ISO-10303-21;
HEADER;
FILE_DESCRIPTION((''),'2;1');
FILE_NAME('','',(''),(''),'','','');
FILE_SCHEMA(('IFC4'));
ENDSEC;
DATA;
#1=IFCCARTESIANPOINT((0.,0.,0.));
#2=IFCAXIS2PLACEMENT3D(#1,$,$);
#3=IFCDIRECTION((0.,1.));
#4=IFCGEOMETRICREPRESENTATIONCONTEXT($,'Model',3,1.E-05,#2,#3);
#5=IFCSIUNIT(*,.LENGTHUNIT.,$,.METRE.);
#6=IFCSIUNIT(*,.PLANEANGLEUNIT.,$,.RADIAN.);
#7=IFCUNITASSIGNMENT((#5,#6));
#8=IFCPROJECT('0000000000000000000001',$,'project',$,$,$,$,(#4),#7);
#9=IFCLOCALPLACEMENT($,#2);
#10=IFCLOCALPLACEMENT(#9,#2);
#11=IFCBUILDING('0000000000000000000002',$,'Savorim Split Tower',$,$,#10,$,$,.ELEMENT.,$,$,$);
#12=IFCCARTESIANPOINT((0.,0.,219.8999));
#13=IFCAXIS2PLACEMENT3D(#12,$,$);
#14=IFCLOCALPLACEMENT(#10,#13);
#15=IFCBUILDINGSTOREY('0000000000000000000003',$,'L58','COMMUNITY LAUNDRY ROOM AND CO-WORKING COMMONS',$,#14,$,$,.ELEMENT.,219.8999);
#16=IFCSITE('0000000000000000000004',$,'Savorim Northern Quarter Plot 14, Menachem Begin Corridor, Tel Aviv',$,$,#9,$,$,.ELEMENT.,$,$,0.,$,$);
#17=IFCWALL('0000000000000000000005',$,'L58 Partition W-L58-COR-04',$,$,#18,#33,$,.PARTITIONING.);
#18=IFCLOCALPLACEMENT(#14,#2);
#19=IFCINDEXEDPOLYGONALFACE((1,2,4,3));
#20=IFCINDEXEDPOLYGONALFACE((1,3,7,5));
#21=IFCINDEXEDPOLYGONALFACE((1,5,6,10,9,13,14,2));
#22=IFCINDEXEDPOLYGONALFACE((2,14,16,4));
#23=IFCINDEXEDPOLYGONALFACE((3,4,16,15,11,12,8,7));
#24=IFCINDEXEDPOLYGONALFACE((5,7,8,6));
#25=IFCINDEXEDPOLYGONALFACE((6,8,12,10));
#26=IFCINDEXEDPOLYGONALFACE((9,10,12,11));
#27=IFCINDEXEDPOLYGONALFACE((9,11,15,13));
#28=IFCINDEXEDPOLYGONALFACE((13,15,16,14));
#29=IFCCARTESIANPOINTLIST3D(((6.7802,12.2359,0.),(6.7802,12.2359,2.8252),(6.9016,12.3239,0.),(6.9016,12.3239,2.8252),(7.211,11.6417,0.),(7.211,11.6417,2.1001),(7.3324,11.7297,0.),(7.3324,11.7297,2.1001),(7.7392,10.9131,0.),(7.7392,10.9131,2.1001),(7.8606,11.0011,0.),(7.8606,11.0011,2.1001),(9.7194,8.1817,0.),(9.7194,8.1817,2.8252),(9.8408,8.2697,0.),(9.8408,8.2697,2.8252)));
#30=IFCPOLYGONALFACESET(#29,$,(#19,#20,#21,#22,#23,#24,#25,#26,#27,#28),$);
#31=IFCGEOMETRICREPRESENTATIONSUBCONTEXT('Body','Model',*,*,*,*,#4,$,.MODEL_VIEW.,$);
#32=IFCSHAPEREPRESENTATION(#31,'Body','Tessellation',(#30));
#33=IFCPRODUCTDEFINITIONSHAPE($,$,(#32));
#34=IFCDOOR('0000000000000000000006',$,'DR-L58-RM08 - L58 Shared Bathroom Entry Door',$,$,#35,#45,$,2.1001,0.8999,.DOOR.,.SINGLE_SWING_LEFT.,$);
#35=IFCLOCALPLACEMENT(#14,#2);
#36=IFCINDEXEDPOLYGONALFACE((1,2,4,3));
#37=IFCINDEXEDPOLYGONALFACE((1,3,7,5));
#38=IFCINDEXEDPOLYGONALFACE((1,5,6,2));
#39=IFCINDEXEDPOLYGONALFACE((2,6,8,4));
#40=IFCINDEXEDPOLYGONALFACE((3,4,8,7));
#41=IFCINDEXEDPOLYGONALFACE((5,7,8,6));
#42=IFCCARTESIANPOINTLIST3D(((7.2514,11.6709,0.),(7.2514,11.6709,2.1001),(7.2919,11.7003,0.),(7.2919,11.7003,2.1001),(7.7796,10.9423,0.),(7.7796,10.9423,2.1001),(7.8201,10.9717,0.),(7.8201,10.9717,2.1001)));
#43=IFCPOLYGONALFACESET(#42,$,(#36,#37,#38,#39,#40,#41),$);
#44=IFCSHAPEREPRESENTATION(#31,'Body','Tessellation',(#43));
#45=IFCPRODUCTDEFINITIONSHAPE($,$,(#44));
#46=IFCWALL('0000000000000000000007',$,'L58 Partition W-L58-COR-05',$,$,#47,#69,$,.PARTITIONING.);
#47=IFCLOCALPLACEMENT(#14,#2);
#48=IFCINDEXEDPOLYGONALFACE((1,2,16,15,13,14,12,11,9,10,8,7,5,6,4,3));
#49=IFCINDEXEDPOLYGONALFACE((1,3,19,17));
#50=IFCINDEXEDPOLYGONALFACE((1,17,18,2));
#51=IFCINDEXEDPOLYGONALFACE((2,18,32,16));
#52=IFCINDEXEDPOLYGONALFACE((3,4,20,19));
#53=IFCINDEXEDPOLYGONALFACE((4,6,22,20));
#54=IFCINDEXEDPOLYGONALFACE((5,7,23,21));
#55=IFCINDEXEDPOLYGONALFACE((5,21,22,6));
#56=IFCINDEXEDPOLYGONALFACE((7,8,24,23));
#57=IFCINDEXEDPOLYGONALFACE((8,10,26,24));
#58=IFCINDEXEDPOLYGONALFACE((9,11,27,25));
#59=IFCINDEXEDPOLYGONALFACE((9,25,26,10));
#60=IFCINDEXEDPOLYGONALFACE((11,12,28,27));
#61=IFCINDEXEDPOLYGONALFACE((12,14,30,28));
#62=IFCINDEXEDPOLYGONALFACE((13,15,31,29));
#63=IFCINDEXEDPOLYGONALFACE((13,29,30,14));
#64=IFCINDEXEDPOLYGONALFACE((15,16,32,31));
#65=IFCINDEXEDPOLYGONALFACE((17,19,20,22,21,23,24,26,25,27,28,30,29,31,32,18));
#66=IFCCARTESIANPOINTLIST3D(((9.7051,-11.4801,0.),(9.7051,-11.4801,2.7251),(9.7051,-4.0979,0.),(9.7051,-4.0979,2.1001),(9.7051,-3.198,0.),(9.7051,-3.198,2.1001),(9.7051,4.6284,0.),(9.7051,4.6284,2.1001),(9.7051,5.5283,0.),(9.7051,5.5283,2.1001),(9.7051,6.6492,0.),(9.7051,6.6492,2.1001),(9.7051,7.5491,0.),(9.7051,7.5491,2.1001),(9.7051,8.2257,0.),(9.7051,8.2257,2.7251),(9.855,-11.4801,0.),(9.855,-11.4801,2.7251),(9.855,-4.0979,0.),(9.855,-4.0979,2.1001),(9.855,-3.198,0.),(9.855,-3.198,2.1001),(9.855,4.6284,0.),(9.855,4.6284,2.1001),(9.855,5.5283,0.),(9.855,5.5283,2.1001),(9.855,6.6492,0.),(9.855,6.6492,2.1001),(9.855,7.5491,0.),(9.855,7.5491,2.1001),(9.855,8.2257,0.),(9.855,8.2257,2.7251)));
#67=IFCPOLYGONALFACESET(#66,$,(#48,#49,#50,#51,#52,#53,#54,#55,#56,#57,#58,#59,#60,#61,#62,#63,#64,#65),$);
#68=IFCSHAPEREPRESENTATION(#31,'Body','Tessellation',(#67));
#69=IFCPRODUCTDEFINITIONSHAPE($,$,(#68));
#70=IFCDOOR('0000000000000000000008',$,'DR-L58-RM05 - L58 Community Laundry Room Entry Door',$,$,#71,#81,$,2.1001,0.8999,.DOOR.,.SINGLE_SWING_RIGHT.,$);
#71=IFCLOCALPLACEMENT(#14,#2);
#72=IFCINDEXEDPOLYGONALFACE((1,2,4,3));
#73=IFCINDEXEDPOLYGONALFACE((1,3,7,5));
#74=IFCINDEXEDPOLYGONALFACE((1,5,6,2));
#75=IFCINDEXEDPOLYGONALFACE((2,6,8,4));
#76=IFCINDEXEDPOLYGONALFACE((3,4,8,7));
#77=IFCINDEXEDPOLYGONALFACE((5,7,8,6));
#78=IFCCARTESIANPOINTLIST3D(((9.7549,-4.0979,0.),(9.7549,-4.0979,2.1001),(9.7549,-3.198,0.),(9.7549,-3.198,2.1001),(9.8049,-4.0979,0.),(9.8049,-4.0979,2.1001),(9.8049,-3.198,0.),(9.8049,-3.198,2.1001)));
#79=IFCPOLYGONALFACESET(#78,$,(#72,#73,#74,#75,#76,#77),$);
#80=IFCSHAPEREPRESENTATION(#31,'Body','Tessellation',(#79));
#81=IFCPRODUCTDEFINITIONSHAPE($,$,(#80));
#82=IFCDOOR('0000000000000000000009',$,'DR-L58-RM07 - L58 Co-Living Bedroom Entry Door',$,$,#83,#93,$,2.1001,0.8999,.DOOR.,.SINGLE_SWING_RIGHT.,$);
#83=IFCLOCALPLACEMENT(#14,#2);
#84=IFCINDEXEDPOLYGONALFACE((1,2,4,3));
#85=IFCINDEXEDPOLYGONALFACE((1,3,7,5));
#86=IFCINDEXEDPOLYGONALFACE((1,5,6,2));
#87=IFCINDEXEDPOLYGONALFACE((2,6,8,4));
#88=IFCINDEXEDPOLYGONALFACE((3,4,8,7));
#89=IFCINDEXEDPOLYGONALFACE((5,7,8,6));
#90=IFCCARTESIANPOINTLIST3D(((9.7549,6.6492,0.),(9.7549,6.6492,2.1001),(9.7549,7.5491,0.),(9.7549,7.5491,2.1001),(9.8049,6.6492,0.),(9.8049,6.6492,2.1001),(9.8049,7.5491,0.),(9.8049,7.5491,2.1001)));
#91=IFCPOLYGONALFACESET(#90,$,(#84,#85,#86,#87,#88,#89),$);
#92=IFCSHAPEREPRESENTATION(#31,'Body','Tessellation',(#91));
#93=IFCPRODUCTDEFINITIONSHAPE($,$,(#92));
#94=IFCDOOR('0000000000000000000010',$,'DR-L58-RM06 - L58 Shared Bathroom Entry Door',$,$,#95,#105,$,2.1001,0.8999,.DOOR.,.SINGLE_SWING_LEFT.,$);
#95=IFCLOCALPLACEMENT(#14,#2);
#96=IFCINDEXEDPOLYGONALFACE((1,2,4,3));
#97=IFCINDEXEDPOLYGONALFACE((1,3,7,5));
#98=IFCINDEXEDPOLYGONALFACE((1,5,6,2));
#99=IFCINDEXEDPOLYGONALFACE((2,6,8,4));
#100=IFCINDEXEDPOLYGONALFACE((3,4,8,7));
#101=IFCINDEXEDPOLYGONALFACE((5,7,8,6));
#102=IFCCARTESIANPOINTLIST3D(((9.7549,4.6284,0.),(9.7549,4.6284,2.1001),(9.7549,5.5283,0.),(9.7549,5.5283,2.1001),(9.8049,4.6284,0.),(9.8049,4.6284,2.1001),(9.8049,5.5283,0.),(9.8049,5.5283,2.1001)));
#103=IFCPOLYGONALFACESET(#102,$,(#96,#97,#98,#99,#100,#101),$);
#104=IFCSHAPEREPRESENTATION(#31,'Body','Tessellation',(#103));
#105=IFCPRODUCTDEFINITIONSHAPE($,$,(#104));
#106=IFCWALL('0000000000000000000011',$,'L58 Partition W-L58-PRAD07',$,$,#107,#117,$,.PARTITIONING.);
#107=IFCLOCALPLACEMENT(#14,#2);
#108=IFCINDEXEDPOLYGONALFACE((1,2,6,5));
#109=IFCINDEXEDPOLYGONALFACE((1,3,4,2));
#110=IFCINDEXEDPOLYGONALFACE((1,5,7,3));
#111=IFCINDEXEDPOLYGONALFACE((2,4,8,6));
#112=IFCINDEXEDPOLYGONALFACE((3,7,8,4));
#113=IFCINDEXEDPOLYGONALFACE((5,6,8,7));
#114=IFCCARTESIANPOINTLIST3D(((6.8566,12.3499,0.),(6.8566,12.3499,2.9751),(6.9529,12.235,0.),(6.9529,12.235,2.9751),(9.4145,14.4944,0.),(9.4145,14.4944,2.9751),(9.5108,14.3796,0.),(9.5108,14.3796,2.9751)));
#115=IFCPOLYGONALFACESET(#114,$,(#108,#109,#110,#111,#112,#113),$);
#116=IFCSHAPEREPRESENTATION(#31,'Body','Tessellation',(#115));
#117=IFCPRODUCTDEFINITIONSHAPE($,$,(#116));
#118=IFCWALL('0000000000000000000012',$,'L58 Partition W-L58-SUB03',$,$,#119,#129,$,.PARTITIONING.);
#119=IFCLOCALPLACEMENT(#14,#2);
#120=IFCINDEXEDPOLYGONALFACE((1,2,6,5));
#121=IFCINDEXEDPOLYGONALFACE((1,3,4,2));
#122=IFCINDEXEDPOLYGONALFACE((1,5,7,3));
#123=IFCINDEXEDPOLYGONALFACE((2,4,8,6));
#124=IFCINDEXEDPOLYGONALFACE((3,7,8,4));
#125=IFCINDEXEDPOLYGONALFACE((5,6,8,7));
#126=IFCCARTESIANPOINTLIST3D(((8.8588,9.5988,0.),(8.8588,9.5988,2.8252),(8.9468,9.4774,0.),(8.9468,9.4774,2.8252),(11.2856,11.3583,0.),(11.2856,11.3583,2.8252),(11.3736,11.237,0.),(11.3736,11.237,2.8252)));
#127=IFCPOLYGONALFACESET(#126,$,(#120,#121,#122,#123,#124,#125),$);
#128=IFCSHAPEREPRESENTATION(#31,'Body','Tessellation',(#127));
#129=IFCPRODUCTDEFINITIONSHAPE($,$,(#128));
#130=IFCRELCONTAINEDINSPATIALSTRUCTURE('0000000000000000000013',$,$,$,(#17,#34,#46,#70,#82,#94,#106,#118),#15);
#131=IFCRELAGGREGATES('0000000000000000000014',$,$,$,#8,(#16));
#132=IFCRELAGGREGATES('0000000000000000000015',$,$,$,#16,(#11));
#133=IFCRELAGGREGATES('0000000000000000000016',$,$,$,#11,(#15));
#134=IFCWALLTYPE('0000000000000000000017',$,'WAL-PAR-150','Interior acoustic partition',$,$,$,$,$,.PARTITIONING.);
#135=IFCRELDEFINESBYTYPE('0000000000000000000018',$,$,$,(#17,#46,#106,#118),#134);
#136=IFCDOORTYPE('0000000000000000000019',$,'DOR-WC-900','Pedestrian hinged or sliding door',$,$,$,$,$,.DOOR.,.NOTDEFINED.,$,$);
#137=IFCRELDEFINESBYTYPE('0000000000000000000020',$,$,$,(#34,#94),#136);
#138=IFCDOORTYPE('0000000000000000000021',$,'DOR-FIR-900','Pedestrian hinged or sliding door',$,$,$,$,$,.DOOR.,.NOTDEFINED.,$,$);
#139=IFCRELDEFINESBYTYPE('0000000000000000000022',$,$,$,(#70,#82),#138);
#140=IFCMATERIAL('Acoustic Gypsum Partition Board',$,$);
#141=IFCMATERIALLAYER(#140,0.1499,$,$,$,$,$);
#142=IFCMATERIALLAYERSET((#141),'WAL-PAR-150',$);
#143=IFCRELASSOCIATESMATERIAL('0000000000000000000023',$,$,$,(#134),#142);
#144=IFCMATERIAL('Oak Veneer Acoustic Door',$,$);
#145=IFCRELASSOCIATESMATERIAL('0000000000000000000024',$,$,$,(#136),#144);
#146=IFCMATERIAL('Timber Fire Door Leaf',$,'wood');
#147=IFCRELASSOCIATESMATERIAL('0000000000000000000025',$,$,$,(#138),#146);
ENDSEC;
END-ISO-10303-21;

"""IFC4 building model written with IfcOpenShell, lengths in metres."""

from ifc_helpers import new_model, si_unit, direction, frame, frame_2d, origin, place, context, subcontext, project, spatial, rectangle, extrude, material, layer, layer_set, type_object, element, fill, save


model = new_model("IFC4")

# Units and contexts
model_context = context("Model", 3, precision=1e-05, world=origin(), true_north=direction((0.0, 1.0)))
body_context = subcontext(model_context, "Body", "Model", "MODEL_VIEW")
ifc_project = project(units=[si_unit("LENGTHUNIT", "METRE"), si_unit("PLANEANGLEUNIT", "RADIAN")], contexts=[model_context])

# Site, building, storey
site_placement = place(None, origin())
site = spatial("IfcSite", under=ifc_project, at=site_placement, Name="Savorim Northern Quarter Plot 14, Menachem Begin Corridor, Tel Aviv", CompositionType="ELEMENT", RefElevation=0.0)
building_placement = place(site_placement, origin())
building = spatial("IfcBuilding", under=site, at=building_placement, Name="Savorim Split Tower", CompositionType="ELEMENT")
storey_placement = place(building_placement, frame((0.0, 0.0, 219.8999)))
storey = spatial("IfcBuildingStorey", under=building, at=storey_placement, Name="L58", Description="COMMUNITY LAUNDRY ROOM AND CO-WORKING COMMONS", CompositionType="ELEMENT", Elevation=219.8999)

# Shared definitions
ifc_material_1 = material(Name="Timber Fire Door Leaf", Category="wood")

# Wall, opening, door
ifc_material_2 = material(Name="Acoustic Gypsum Partition Board")
ifc_layer_1 = layer(ifc_material_2, 0.1499)
ifc_layer_set_1 = layer_set([ifc_layer_1], Name="WAL-PAR-150")
wall_type_1 = type_object("IfcWallType", Name="WAL-PAR-150", Description="Interior acoustic partition", PredefinedType="PARTITIONING", material=ifc_layer_set_1)
wall_1_placement = place(storey_placement, frame((6.8408, 12.28, 0.0), z_axis=(0.0, 0.0, 1.0), x_axis=(0.586956, -0.809619, 0.0)))
wall_1 = element("IfcWall", 1, at=wall_1_placement, inside=storey, type_object=wall_type_1, Name="L58 Partition W-L58-COR-04", PredefinedType="PARTITIONING", context=body_context, shape_type="SweptSolid", body=[
    extrude(rectangle(XDim=5.0076, YDim=0.1499, at=frame_2d((2.5039, 0.0))), origin(), (0.0, 0.0, 1.0), 2.8252),
])
opening_1_placement = place(wall_1_placement, frame((0.7341, 0.0, 0.0)))
opening_1 = element("IfcOpeningElement", 2, at=opening_1_placement, cuts=wall_1, PredefinedType="OPENING", context=body_context, shape_type="SweptSolid", body=[
    extrude(rectangle(XDim=0.8999, YDim=2.1001, at=frame_2d((0.45, 1.05))), frame((0.0, 0.085, 0.0), z_axis=(0.0, -1.0, 0.0), x_axis=(1.0, 0.0, 0.0)), (0.0, 0.0, 1.0), 0.1699),
])
ifc_material_3 = material(Name="Oak Veneer Acoustic Door")
door_type_1 = type_object("IfcDoorType", Name="DOR-WC-900", Description="Pedestrian hinged or sliding door", OperationType="NOTDEFINED", PredefinedType="DOOR", material=ifc_material_3)
door_1_placement = place(opening_1_placement, origin())
door_1 = element("IfcDoor", 3, at=door_1_placement, inside=storey, type_object=door_type_1, Name="DR-L58-RM08 - L58 Shared Bathroom Entry Door", OperationType="SINGLE_SWING_LEFT", OverallHeight=2.1001, OverallWidth=0.8999, PredefinedType="DOOR", context=body_context, shape_type="SweptSolid", body=[
    extrude(rectangle(XDim=0.8999, YDim=2.1001, at=frame_2d((0.45, 1.05))), frame((0.0, 0.0249, 0.0), z_axis=(0.0, -1.0, 0.0), x_axis=(1.0, 0.0, 0.0)), (0.0, 0.0, 1.0), 0.05),
])
fill(opening_1, door_1)

# Wall, openings, doors
wall_2_placement = place(storey_placement, frame((9.78, 8.2258, 0.0), z_axis=(0.0, 0.0, 1.0), x_axis=(0.0, -1.0, 0.0)))
wall_2 = element("IfcWall", 4, at=wall_2_placement, inside=storey, type_object=wall_type_1, Name="L58 Partition W-L58-COR-05", PredefinedType="PARTITIONING", context=body_context, shape_type="SweptSolid", body=[
    extrude(rectangle(XDim=19.7058, YDim=0.1499, at=frame_2d((9.853, 0.0))), origin(), (0.0, 0.0, 1.0), 2.7251),
])
opening_2_placement = place(wall_2_placement, frame((11.4238, 0.0, 0.0)))
opening_2 = element("IfcOpeningElement", 5, at=opening_2_placement, cuts=wall_2, PredefinedType="OPENING", context=body_context, shape_type="SweptSolid", body=[
    extrude(rectangle(XDim=0.8999, YDim=2.1001, at=frame_2d((0.45, 1.05))), frame((0.0, 0.085, 0.0), z_axis=(0.0, -1.0, 0.0), x_axis=(1.0, 0.0, 0.0)), (0.0, 0.0, 1.0), 0.1699),
])
opening_3_placement = place(wall_2_placement, frame((2.6975, 0.0, 0.0)))
opening_3 = element("IfcOpeningElement", 6, at=opening_3_placement, cuts=wall_2, PredefinedType="OPENING", context=body_context, shape_type="SweptSolid", body=[
    extrude(rectangle(XDim=0.8999, YDim=2.1001, at=frame_2d((0.45, 1.05))), frame((0.0, 0.085, 0.0), z_axis=(0.0, -1.0, 0.0), x_axis=(1.0, 0.0, 0.0)), (0.0, 0.0, 1.0), 0.1699),
])
opening_4_placement = place(wall_2_placement, frame((0.6768, 0.0, 0.0)))
opening_4 = element("IfcOpeningElement", 7, at=opening_4_placement, cuts=wall_2, PredefinedType="OPENING", context=body_context, shape_type="SweptSolid", body=[
    extrude(rectangle(XDim=0.8999, YDim=2.1001, at=frame_2d((0.45, 1.05))), frame((0.0, 0.085, 0.0), z_axis=(0.0, -1.0, 0.0), x_axis=(1.0, 0.0, 0.0)), (0.0, 0.0, 1.0), 0.1699),
])
door_type_2 = type_object("IfcDoorType", Name="DOR-FIR-900", Description="Pedestrian hinged or sliding door", OperationType="NOTDEFINED", PredefinedType="DOOR", material=ifc_material_1)
door_2_placement = place(opening_2_placement, origin())
door_2 = element("IfcDoor", 8, at=door_2_placement, inside=storey, type_object=door_type_2, Name="DR-L58-RM05 - L58 Community Laundry Room Entry Door", OperationType="SINGLE_SWING_RIGHT", OverallHeight=2.1001, OverallWidth=0.8999, PredefinedType="DOOR", context=body_context, shape_type="SweptSolid", body=[
    extrude(rectangle(XDim=0.8999, YDim=2.1001, at=frame_2d((0.45, 1.05))), frame((0.0, 0.0249, 0.0), z_axis=(0.0, -1.0, 0.0), x_axis=(1.0, 0.0, 0.0)), (0.0, 0.0, 1.0), 0.05),
])
fill(opening_2, door_2)
door_3_placement = place(opening_4_placement, origin())
door_3 = element("IfcDoor", 9, at=door_3_placement, inside=storey, type_object=door_type_2, Name="DR-L58-RM07 - L58 Co-Living Bedroom Entry Door", OperationType="SINGLE_SWING_RIGHT", OverallHeight=2.1001, OverallWidth=0.8999, PredefinedType="DOOR", context=body_context, shape_type="SweptSolid", body=[
    extrude(rectangle(XDim=0.8999, YDim=2.1001, at=frame_2d((0.45, 1.05))), frame((0.0, 0.0249, 0.0), z_axis=(0.0, -1.0, 0.0), x_axis=(1.0, 0.0, 0.0)), (0.0, 0.0, 1.0), 0.05),
])
fill(opening_4, door_3)
door_4_placement = place(opening_3_placement, origin())
door_4 = element("IfcDoor", 10, at=door_4_placement, inside=storey, type_object=door_type_1, Name="DR-L58-RM06 - L58 Shared Bathroom Entry Door", OperationType="SINGLE_SWING_LEFT", OverallHeight=2.1001, OverallWidth=0.8999, PredefinedType="DOOR", context=body_context, shape_type="SweptSolid", body=[
    extrude(rectangle(XDim=0.8999, YDim=2.1001, at=frame_2d((0.45, 1.05))), frame((0.0, 0.0249, 0.0), z_axis=(0.0, -1.0, 0.0), x_axis=(1.0, 0.0, 0.0)), (0.0, 0.0, 1.0), 0.05),
])
fill(opening_3, door_4)

# Walls
wall_3_placement = place(storey_placement, frame((6.9048, 12.2925, 0.0), z_axis=(0.0, 0.0, 1.0), x_axis=(0.766305, 0.642477, 0.0)))
element("IfcWall", 11, at=wall_3_placement, inside=storey, type_object=wall_type_1, Name="L58 Partition W-L58-PRAD07", PredefinedType="PARTITIONING", context=body_context, shape_type="SweptSolid", body=[
    extrude(rectangle(XDim=3.3379, YDim=0.1499, at=frame_2d((1.6689, 0.0))), origin(), (0.0, 0.0, 1.0), 2.9751),
])
wall_4_placement = place(storey_placement, frame((8.9028, 9.5381, 0.0), z_axis=(0.0, 0.0, 1.0), x_axis=(0.809591, 0.586994, 0.0)))
element("IfcWall", 12, at=wall_4_placement, inside=storey, type_object=wall_type_1, Name="L58 Partition W-L58-SUB03", PredefinedType="PARTITIONING", context=body_context, shape_type="SweptSolid", body=[
    extrude(rectangle(XDim=2.9976, YDim=0.1499, at=frame_2d((1.4988, 0.0))), origin(), (0.0, 0.0, 1.0), 2.8252),
])

save(model, "model.ifc")
